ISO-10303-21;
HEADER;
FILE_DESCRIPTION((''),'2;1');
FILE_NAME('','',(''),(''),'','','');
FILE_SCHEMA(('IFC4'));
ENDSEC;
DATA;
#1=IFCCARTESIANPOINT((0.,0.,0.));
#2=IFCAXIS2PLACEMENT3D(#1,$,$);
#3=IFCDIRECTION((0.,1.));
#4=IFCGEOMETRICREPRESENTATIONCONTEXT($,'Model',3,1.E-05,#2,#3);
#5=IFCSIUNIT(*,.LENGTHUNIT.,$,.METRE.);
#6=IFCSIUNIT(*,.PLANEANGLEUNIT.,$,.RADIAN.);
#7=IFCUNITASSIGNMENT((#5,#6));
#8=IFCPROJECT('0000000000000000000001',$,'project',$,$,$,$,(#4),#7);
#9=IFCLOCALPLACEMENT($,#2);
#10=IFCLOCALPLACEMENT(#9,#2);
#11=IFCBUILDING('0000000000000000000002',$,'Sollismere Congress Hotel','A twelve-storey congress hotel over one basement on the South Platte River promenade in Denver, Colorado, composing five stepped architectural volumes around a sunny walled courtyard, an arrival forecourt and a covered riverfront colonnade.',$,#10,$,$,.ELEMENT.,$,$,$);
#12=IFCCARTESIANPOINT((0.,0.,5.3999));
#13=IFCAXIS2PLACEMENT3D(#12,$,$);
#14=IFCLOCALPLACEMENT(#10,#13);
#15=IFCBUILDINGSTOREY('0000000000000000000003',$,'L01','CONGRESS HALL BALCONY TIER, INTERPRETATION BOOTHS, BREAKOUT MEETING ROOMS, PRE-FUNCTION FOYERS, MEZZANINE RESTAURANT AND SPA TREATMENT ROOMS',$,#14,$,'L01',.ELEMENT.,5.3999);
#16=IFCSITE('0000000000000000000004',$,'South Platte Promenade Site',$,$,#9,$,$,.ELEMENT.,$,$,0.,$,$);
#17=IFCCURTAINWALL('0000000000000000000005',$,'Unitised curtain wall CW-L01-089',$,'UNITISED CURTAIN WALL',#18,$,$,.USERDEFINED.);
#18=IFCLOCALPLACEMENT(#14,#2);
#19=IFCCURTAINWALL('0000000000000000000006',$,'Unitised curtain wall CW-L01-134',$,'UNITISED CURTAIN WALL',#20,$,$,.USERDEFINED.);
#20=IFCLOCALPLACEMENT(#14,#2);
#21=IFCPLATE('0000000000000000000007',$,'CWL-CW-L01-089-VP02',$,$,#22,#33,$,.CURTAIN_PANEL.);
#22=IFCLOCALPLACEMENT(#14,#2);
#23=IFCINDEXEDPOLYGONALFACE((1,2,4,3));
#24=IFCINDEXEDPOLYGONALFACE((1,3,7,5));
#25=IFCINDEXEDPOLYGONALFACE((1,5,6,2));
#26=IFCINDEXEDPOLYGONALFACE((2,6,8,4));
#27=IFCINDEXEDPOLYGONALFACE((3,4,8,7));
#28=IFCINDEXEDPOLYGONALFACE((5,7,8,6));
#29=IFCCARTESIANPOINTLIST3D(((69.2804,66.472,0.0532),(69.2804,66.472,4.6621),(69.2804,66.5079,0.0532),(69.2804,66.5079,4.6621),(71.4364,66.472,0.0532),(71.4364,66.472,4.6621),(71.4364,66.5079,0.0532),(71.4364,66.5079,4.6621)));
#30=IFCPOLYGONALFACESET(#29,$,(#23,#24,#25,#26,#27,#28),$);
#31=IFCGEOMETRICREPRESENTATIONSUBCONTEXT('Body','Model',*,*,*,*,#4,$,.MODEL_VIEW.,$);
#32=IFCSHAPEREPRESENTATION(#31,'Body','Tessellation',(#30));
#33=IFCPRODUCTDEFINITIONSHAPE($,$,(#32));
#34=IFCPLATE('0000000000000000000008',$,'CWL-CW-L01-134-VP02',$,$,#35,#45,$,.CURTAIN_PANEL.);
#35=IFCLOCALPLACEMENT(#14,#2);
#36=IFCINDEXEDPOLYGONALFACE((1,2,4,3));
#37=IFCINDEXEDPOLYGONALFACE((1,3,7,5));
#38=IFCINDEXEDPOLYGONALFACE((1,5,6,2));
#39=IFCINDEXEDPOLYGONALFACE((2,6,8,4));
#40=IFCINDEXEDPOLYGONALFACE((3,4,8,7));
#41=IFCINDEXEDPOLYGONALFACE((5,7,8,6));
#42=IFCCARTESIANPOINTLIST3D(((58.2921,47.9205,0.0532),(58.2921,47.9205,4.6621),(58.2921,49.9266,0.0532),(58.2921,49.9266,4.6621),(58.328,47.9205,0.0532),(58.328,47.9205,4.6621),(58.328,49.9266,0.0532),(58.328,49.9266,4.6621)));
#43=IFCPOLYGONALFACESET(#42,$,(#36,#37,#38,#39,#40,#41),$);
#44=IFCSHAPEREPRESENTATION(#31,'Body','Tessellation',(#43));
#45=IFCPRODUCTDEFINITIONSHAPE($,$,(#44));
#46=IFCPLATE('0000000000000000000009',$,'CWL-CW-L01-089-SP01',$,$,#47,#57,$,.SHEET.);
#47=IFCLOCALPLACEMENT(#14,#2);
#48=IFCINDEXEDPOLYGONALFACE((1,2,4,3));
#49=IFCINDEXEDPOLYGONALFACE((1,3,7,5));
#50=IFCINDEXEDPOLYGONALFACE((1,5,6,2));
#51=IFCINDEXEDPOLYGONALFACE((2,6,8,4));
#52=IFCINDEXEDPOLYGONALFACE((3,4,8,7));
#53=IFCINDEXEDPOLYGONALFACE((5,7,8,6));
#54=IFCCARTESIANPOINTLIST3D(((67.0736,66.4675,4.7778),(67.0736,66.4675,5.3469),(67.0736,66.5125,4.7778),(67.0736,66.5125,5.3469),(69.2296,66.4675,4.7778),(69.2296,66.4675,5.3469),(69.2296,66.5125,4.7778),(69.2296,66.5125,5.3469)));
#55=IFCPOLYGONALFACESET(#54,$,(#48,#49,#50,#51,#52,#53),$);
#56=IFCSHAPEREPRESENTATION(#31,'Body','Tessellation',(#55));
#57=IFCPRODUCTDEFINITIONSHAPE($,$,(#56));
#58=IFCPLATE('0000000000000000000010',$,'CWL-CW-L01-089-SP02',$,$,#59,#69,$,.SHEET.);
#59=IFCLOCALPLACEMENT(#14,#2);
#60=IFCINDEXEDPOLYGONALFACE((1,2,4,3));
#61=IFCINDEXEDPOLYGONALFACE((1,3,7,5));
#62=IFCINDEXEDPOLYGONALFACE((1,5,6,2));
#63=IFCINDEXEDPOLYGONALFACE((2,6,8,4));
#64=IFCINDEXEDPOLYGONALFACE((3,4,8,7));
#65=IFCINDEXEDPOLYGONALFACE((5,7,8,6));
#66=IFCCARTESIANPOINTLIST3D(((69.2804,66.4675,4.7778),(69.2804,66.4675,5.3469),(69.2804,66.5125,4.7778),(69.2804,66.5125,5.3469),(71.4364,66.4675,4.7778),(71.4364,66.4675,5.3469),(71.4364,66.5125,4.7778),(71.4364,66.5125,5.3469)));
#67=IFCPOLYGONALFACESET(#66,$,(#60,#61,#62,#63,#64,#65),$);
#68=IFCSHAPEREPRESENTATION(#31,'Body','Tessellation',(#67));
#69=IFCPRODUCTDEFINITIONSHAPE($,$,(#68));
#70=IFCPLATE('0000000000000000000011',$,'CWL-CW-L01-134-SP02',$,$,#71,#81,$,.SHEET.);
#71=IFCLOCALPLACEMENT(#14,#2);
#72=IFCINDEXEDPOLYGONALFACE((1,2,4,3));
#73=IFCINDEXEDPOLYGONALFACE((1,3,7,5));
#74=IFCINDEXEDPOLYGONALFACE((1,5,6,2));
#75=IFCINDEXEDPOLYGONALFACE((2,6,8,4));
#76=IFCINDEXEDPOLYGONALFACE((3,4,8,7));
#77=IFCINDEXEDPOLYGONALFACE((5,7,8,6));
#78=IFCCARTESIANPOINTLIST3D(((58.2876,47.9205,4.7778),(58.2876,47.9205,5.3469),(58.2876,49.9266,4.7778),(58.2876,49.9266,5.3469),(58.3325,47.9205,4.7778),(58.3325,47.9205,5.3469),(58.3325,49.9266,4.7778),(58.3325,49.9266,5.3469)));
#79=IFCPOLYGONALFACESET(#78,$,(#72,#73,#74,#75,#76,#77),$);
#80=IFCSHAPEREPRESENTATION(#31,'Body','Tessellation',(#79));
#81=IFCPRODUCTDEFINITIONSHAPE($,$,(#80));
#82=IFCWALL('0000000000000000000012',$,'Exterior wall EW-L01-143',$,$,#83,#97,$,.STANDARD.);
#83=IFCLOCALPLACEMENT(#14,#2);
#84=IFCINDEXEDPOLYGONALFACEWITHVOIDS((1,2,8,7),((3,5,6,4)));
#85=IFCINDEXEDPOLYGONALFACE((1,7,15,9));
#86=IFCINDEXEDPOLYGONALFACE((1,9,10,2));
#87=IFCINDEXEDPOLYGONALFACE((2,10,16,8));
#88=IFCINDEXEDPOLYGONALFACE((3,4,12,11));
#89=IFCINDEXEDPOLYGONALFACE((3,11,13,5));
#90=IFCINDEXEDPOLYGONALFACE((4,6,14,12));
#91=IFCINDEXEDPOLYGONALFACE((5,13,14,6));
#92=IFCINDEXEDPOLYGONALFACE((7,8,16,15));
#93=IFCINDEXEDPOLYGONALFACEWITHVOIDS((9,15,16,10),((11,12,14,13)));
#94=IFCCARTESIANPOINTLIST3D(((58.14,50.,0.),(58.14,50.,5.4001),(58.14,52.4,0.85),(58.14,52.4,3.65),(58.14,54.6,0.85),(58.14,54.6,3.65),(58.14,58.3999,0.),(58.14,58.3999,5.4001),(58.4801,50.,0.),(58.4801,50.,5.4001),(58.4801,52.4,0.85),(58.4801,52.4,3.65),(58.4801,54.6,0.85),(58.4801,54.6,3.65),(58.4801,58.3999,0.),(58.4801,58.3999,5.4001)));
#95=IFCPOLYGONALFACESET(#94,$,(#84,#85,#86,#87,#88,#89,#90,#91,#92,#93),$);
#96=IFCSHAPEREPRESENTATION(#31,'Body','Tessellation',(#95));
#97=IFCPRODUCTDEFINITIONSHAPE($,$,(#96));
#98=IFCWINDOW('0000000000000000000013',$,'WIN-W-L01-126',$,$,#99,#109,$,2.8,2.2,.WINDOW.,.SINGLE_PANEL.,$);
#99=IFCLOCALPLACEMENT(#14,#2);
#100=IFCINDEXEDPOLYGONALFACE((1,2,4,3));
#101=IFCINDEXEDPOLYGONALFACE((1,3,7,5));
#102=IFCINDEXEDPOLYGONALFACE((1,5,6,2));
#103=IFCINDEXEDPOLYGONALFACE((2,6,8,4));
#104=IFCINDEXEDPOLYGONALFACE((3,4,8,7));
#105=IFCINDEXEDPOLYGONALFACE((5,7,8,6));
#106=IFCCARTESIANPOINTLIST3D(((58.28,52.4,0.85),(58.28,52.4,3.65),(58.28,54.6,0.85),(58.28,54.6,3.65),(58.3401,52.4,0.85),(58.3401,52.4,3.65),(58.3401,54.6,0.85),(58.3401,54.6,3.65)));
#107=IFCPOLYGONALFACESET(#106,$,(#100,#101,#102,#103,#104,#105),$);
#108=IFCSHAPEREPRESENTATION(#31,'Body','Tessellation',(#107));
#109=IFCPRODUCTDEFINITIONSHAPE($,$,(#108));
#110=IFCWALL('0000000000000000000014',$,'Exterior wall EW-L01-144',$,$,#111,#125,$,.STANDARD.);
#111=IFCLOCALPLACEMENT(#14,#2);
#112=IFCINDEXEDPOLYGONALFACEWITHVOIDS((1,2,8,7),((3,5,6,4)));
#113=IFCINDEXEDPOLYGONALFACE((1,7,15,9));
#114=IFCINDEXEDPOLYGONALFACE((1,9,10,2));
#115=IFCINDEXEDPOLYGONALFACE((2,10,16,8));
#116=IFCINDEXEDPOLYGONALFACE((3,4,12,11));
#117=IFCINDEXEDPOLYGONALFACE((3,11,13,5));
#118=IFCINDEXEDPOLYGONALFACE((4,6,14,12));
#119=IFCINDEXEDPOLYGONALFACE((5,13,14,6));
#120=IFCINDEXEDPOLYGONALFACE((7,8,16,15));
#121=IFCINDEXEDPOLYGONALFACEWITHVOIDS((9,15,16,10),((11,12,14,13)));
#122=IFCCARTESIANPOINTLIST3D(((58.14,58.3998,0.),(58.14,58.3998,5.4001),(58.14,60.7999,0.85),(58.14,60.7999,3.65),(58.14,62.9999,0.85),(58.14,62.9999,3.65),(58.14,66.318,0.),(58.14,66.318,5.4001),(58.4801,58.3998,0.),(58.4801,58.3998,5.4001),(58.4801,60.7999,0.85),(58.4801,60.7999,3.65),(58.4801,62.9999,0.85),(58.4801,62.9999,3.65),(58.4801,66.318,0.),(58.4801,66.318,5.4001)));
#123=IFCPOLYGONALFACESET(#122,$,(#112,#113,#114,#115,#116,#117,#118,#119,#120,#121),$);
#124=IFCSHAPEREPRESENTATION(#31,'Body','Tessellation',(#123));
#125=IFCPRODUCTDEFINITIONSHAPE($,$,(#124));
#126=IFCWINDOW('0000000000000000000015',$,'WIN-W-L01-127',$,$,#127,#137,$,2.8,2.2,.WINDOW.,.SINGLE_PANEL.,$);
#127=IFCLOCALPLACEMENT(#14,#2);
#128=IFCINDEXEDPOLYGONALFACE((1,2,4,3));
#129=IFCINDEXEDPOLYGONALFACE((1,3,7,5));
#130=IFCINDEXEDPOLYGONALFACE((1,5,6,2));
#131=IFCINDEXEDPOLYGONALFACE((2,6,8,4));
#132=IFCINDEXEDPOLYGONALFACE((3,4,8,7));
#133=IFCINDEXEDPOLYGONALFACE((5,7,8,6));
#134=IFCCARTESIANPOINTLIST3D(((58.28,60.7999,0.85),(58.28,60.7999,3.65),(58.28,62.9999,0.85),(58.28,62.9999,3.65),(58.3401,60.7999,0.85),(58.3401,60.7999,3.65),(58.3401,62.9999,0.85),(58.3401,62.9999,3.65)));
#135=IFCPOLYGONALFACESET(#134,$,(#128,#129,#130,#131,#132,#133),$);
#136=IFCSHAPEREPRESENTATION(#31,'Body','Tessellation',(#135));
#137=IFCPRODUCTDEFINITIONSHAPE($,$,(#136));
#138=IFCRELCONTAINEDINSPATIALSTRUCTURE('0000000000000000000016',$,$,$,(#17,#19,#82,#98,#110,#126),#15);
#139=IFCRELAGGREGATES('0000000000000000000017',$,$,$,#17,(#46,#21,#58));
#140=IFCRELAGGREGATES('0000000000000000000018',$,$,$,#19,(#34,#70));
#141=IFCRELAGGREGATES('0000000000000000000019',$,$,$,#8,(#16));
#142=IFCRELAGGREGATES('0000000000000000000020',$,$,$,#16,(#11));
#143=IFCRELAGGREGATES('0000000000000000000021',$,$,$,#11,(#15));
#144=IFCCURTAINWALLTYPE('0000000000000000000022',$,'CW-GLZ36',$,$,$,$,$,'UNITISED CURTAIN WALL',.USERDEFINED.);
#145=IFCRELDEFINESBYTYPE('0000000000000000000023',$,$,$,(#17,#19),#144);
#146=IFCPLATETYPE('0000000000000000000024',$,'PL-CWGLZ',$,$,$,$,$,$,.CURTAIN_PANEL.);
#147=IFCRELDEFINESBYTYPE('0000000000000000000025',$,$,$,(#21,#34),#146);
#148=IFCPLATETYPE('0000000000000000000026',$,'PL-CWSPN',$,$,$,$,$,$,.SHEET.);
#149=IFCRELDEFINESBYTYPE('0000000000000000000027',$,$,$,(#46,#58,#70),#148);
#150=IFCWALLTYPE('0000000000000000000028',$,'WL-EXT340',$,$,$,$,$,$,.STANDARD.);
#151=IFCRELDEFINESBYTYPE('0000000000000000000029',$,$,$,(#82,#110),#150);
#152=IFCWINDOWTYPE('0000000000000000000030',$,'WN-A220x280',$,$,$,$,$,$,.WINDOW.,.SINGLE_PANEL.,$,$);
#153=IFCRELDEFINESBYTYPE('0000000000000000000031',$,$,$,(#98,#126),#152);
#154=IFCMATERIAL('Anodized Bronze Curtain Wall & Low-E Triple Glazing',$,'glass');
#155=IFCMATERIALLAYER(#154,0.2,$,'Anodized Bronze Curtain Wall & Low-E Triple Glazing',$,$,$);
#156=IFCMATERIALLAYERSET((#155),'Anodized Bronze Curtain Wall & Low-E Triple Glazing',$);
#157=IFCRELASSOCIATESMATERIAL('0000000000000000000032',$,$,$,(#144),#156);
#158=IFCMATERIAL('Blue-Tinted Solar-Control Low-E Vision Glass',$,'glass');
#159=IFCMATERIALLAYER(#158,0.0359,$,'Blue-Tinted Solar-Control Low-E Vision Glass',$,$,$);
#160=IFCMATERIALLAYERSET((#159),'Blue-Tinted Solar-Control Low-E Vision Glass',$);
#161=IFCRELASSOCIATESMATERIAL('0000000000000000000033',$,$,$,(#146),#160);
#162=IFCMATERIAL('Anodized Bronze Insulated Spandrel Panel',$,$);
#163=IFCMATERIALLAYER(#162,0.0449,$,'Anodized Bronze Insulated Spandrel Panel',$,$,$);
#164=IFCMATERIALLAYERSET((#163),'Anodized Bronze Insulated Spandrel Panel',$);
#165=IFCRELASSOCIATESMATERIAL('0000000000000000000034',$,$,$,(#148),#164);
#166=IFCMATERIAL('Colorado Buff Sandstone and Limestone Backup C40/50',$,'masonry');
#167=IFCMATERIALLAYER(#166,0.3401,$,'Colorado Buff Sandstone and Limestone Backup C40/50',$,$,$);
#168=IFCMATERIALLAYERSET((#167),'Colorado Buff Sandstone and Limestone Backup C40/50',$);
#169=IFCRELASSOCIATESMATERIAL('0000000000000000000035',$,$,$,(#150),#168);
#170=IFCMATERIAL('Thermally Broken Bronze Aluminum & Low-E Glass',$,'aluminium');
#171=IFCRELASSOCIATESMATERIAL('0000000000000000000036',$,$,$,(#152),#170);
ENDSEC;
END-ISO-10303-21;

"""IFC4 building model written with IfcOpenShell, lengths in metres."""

from ifc_helpers import new_model, si_unit, direction, frame, frame_2d, origin, origin_2d, place, context, subcontext, project, spatial, rectangle, extrude, material, layer, layer_set, type_object, element, fill, aggregate, save


model = new_model("IFC4")

# Units and contexts
model_context = context("Model", 3, precision=1e-05, world=origin(), true_north=direction((0.0, 1.0)))
body_context = subcontext(model_context, "Body", "Model", "MODEL_VIEW")
ifc_project = project(units=[si_unit("LENGTHUNIT", "METRE"), si_unit("PLANEANGLEUNIT", "RADIAN")], contexts=[model_context])

# Site, building, storey
site_placement = place(None, origin())
site = spatial("IfcSite", under=ifc_project, at=site_placement, Name="South Platte Promenade Site", CompositionType="ELEMENT", RefElevation=0.0)
building_placement = place(site_placement, origin())
building = spatial("IfcBuilding", under=site, at=building_placement, Name="Sollismere Congress Hotel", Description="A twelve-storey congress hotel over one basement on the South Platte River promenade in Denver, Colorado, composing five stepped architectural volumes around a sunny walled courtyard, an arrival forecourt and a covered riverfront colonnade.", CompositionType="ELEMENT")
storey_placement = place(building_placement, frame((0.0, 0.0, 5.3999)))
storey = spatial("IfcBuildingStorey", under=building, at=storey_placement, Name="L01", Description="CONGRESS HALL BALCONY TIER, INTERPRETATION BOOTHS, BREAKOUT MEETING ROOMS, PRE-FUNCTION FOYERS, MEZZANINE RESTAURANT AND SPA TREATMENT ROOMS", LongName="L01", CompositionType="ELEMENT", Elevation=5.3999)

# Curtain wall
ifc_material_1 = material(Name="Anodized Bronze Curtain Wall & Low-E Triple Glazing", Category="glass")
ifc_layer_1 = layer(ifc_material_1, 0.2, Name="Anodized Bronze Curtain Wall & Low-E Triple Glazing")
ifc_layer_set_1 = layer_set([ifc_layer_1], Name="Anodized Bronze Curtain Wall & Low-E Triple Glazing")
curtain_wall_type = type_object("IfcCurtainWallType", Name="CW-GLZ36", ElementType="UNITISED CURTAIN WALL", PredefinedType="USERDEFINED", material=ifc_layer_set_1)
curtain_wall_1_placement = place(storey_placement, origin())
curtain_wall_1 = element("IfcCurtainWall", 1, at=curtain_wall_1_placement, inside=storey, type_object=curtain_wall_type, Name="Unitised curtain wall CW-L01-089", ObjectType="UNITISED CURTAIN WALL", PredefinedType="USERDEFINED")

# Curtain wall
curtain_wall_2_placement = place(storey_placement, origin())
curtain_wall_2 = element("IfcCurtainWall", 2, at=curtain_wall_2_placement, inside=storey, type_object=curtain_wall_type, Name="Unitised curtain wall CW-L01-134", ObjectType="UNITISED CURTAIN WALL", PredefinedType="USERDEFINED")

# Plates
ifc_material_2 = material(Name="Blue-Tinted Solar-Control Low-E Vision Glass", Category="glass")
ifc_layer_2 = layer(ifc_material_2, 0.0359, Name="Blue-Tinted Solar-Control Low-E Vision Glass")
ifc_layer_set_2 = layer_set([ifc_layer_2], Name="Blue-Tinted Solar-Control Low-E Vision Glass")
plate_type_1 = type_object("IfcPlateType", Name="PL-CWGLZ", PredefinedType="CURTAIN_PANEL", material=ifc_layer_set_2)
plate_1_placement = place(storey_placement, frame((70.3584, 66.49, 0.0532), z_axis=(0.0, 0.0, 1.0), x_axis=(1.0, 0.0, 0.0)))
plate_1 = element("IfcPlate", 3, at=plate_1_placement, type_object=plate_type_1, Name="CWL-CW-L01-089-VP02", PredefinedType="CURTAIN_PANEL", context=body_context, shape_type="SweptSolid", body=[
    extrude(rectangle(XDim=2.156, YDim=0.0359, at=origin_2d()), origin(), (0.0, 0.0, 1.0), 4.6089),
])
plate_2_placement = place(storey_placement, frame((58.3101, 48.9236, 0.0532), z_axis=(0.0, 0.0, 1.0), x_axis=(0.0, 1.0, 0.0)))
plate_2 = element("IfcPlate", 4, at=plate_2_placement, type_object=plate_type_1, Name="CWL-CW-L01-134-VP02", PredefinedType="CURTAIN_PANEL", context=body_context, shape_type="SweptSolid", body=[
    extrude(rectangle(XDim=2.0061, YDim=0.0359, at=origin_2d()), origin(), (0.0, 0.0, 1.0), 4.6089),
])
ifc_material_3 = material(Name="Anodized Bronze Insulated Spandrel Panel")
ifc_layer_3 = layer(ifc_material_3, 0.0449, Name="Anodized Bronze Insulated Spandrel Panel")
ifc_layer_set_3 = layer_set([ifc_layer_3], Name="Anodized Bronze Insulated Spandrel Panel")
plate_type_2 = type_object("IfcPlateType", Name="PL-CWSPN", PredefinedType="SHEET", material=ifc_layer_set_3)
plate_3_placement = place(storey_placement, frame((68.1516, 66.49, 4.7778), z_axis=(0.0, 0.0, 1.0), x_axis=(1.0, 0.0, 0.0)))
plate_3 = element("IfcPlate", 5, at=plate_3_placement, type_object=plate_type_2, Name="CWL-CW-L01-089-SP01", PredefinedType="SHEET", context=body_context, shape_type="SweptSolid", body=[
    extrude(rectangle(XDim=2.156, YDim=0.0449, at=origin_2d()), origin(), (0.0, 0.0, 1.0), 0.5691),
])
plate_4_placement = place(storey_placement, frame((70.3584, 66.49, 4.7778), z_axis=(0.0, 0.0, 1.0), x_axis=(1.0, 0.0, 0.0)))
plate_4 = element("IfcPlate", 6, at=plate_4_placement, type_object=plate_type_2, Name="CWL-CW-L01-089-SP02", PredefinedType="SHEET", context=body_context, shape_type="SweptSolid", body=[
    extrude(rectangle(XDim=2.156, YDim=0.0449, at=origin_2d()), origin(), (0.0, 0.0, 1.0), 0.5691),
])
aggregate(curtain_wall_1, [plate_3, plate_1, plate_4])
plate_5_placement = place(storey_placement, frame((58.3101, 48.9236, 4.7778), z_axis=(0.0, 0.0, 1.0), x_axis=(0.0, 1.0, 0.0)))
plate_5 = element("IfcPlate", 7, at=plate_5_placement, type_object=plate_type_2, Name="CWL-CW-L01-134-SP02", PredefinedType="SHEET", context=body_context, shape_type="SweptSolid", body=[
    extrude(rectangle(XDim=2.0061, YDim=0.0449, at=origin_2d()), origin(), (0.0, 0.0, 1.0), 0.5691),
])
aggregate(curtain_wall_2, [plate_2, plate_5])

# Walls, openings, windows
ifc_material_4 = material(Name="Colorado Buff Sandstone and Limestone Backup C40/50", Category="masonry")
ifc_layer_4 = layer(ifc_material_4, 0.3401, Name="Colorado Buff Sandstone and Limestone Backup C40/50")
ifc_layer_set_4 = layer_set([ifc_layer_4], Name="Colorado Buff Sandstone and Limestone Backup C40/50")
wall_type = type_object("IfcWallType", Name="WL-EXT340", PredefinedType="STANDARD", material=ifc_layer_set_4)
wall_1_placement = place(storey_placement, frame((58.3101, 50.0, 0.0), z_axis=(0.0, 0.0, 1.0), x_axis=(0.0, 1.0, 0.0)))
wall_1 = element("IfcWall", 8, at=wall_1_placement, inside=storey, type_object=wall_type, Name="Exterior wall EW-L01-143", PredefinedType="STANDARD", context=body_context, shape_type="SweptSolid", body=[
    extrude(rectangle(XDim=8.3999, YDim=0.3401, at=frame_2d((4.2, 0.0))), origin(), (0.0, 0.0, 1.0), 5.4001),
])
opening_1_placement = place(wall_1_placement, frame((2.3999, 0.0, 0.8501)))
opening_1 = element("IfcOpeningElement", 9, at=opening_1_placement, cuts=wall_1, PredefinedType="OPENING", context=body_context, shape_type="SweptSolid", body=[
    extrude(rectangle(XDim=2.2, YDim=2.8, at=frame_2d((1.1001, 1.3999))), frame((0.0, 0.1799, 0.0), z_axis=(0.0, -1.0, 0.0), x_axis=(1.0, 0.0, 0.0)), (0.0, 0.0, 1.0), 0.3601),
])
ifc_material_5 = material(Name="Thermally Broken Bronze Aluminum & Low-E Glass", Category="aluminium")
window_type = type_object("IfcWindowType", Name="WN-A220x280", PartitioningType="SINGLE_PANEL", PredefinedType="WINDOW", material=ifc_material_5)
window_1_placement = place(opening_1_placement, origin())
window_1 = element("IfcWindow", 10, at=window_1_placement, inside=storey, type_object=window_type, Name="WIN-W-L01-126", OverallHeight=2.8, OverallWidth=2.2, PartitioningType="SINGLE_PANEL", PredefinedType="WINDOW", context=body_context, shape_type="SweptSolid", body=[
    extrude(rectangle(XDim=2.2, YDim=2.8, at=frame_2d((1.1001, 1.3999))), frame((0.0, 0.03, 0.0), z_axis=(0.0, -1.0, 0.0), x_axis=(1.0, 0.0, 0.0)), (0.0, 0.0, 1.0), 0.0601),
])
fill(opening_1, window_1)
wall_2_placement = place(storey_placement, frame((58.3101, 58.3999, 0.0), z_axis=(0.0, 0.0, 1.0), x_axis=(0.0, 1.0, 0.0)))
wall_2 = element("IfcWall", 11, at=wall_2_placement, inside=storey, type_object=wall_type, Name="Exterior wall EW-L01-144", PredefinedType="STANDARD", context=body_context, shape_type="SweptSolid", body=[
    extrude(rectangle(XDim=7.9182, YDim=0.3401, at=frame_2d((3.959, 0.0))), origin(), (0.0, 0.0, 1.0), 5.4001),
])
opening_2_placement = place(wall_2_placement, frame((2.3999, 0.0, 0.8501)))
opening_2 = element("IfcOpeningElement", 12, at=opening_2_placement, cuts=wall_2, PredefinedType="OPENING", context=body_context, shape_type="SweptSolid", body=[
    extrude(rectangle(XDim=2.2, YDim=2.8, at=frame_2d((1.1001, 1.3999))), frame((0.0, 0.1799, 0.0), z_axis=(0.0, -1.0, 0.0), x_axis=(1.0, 0.0, 0.0)), (0.0, 0.0, 1.0), 0.3601),
])
window_2_placement = place(opening_2_placement, origin())
window_2 = element("IfcWindow", 13, at=window_2_placement, inside=storey, type_object=window_type, Name="WIN-W-L01-127", OverallHeight=2.8, OverallWidth=2.2, PartitioningType="SINGLE_PANEL", PredefinedType="WINDOW", context=body_context, shape_type="SweptSolid", body=[
    extrude(rectangle(XDim=2.2, YDim=2.8, at=frame_2d((1.1001, 1.3999))), frame((0.0, 0.03, 0.0), z_axis=(0.0, -1.0, 0.0), x_axis=(1.0, 0.0, 0.0)), (0.0, 0.0, 1.0), 0.0601),
])
fill(opening_2, window_2)

save(model, "model.ifc")
